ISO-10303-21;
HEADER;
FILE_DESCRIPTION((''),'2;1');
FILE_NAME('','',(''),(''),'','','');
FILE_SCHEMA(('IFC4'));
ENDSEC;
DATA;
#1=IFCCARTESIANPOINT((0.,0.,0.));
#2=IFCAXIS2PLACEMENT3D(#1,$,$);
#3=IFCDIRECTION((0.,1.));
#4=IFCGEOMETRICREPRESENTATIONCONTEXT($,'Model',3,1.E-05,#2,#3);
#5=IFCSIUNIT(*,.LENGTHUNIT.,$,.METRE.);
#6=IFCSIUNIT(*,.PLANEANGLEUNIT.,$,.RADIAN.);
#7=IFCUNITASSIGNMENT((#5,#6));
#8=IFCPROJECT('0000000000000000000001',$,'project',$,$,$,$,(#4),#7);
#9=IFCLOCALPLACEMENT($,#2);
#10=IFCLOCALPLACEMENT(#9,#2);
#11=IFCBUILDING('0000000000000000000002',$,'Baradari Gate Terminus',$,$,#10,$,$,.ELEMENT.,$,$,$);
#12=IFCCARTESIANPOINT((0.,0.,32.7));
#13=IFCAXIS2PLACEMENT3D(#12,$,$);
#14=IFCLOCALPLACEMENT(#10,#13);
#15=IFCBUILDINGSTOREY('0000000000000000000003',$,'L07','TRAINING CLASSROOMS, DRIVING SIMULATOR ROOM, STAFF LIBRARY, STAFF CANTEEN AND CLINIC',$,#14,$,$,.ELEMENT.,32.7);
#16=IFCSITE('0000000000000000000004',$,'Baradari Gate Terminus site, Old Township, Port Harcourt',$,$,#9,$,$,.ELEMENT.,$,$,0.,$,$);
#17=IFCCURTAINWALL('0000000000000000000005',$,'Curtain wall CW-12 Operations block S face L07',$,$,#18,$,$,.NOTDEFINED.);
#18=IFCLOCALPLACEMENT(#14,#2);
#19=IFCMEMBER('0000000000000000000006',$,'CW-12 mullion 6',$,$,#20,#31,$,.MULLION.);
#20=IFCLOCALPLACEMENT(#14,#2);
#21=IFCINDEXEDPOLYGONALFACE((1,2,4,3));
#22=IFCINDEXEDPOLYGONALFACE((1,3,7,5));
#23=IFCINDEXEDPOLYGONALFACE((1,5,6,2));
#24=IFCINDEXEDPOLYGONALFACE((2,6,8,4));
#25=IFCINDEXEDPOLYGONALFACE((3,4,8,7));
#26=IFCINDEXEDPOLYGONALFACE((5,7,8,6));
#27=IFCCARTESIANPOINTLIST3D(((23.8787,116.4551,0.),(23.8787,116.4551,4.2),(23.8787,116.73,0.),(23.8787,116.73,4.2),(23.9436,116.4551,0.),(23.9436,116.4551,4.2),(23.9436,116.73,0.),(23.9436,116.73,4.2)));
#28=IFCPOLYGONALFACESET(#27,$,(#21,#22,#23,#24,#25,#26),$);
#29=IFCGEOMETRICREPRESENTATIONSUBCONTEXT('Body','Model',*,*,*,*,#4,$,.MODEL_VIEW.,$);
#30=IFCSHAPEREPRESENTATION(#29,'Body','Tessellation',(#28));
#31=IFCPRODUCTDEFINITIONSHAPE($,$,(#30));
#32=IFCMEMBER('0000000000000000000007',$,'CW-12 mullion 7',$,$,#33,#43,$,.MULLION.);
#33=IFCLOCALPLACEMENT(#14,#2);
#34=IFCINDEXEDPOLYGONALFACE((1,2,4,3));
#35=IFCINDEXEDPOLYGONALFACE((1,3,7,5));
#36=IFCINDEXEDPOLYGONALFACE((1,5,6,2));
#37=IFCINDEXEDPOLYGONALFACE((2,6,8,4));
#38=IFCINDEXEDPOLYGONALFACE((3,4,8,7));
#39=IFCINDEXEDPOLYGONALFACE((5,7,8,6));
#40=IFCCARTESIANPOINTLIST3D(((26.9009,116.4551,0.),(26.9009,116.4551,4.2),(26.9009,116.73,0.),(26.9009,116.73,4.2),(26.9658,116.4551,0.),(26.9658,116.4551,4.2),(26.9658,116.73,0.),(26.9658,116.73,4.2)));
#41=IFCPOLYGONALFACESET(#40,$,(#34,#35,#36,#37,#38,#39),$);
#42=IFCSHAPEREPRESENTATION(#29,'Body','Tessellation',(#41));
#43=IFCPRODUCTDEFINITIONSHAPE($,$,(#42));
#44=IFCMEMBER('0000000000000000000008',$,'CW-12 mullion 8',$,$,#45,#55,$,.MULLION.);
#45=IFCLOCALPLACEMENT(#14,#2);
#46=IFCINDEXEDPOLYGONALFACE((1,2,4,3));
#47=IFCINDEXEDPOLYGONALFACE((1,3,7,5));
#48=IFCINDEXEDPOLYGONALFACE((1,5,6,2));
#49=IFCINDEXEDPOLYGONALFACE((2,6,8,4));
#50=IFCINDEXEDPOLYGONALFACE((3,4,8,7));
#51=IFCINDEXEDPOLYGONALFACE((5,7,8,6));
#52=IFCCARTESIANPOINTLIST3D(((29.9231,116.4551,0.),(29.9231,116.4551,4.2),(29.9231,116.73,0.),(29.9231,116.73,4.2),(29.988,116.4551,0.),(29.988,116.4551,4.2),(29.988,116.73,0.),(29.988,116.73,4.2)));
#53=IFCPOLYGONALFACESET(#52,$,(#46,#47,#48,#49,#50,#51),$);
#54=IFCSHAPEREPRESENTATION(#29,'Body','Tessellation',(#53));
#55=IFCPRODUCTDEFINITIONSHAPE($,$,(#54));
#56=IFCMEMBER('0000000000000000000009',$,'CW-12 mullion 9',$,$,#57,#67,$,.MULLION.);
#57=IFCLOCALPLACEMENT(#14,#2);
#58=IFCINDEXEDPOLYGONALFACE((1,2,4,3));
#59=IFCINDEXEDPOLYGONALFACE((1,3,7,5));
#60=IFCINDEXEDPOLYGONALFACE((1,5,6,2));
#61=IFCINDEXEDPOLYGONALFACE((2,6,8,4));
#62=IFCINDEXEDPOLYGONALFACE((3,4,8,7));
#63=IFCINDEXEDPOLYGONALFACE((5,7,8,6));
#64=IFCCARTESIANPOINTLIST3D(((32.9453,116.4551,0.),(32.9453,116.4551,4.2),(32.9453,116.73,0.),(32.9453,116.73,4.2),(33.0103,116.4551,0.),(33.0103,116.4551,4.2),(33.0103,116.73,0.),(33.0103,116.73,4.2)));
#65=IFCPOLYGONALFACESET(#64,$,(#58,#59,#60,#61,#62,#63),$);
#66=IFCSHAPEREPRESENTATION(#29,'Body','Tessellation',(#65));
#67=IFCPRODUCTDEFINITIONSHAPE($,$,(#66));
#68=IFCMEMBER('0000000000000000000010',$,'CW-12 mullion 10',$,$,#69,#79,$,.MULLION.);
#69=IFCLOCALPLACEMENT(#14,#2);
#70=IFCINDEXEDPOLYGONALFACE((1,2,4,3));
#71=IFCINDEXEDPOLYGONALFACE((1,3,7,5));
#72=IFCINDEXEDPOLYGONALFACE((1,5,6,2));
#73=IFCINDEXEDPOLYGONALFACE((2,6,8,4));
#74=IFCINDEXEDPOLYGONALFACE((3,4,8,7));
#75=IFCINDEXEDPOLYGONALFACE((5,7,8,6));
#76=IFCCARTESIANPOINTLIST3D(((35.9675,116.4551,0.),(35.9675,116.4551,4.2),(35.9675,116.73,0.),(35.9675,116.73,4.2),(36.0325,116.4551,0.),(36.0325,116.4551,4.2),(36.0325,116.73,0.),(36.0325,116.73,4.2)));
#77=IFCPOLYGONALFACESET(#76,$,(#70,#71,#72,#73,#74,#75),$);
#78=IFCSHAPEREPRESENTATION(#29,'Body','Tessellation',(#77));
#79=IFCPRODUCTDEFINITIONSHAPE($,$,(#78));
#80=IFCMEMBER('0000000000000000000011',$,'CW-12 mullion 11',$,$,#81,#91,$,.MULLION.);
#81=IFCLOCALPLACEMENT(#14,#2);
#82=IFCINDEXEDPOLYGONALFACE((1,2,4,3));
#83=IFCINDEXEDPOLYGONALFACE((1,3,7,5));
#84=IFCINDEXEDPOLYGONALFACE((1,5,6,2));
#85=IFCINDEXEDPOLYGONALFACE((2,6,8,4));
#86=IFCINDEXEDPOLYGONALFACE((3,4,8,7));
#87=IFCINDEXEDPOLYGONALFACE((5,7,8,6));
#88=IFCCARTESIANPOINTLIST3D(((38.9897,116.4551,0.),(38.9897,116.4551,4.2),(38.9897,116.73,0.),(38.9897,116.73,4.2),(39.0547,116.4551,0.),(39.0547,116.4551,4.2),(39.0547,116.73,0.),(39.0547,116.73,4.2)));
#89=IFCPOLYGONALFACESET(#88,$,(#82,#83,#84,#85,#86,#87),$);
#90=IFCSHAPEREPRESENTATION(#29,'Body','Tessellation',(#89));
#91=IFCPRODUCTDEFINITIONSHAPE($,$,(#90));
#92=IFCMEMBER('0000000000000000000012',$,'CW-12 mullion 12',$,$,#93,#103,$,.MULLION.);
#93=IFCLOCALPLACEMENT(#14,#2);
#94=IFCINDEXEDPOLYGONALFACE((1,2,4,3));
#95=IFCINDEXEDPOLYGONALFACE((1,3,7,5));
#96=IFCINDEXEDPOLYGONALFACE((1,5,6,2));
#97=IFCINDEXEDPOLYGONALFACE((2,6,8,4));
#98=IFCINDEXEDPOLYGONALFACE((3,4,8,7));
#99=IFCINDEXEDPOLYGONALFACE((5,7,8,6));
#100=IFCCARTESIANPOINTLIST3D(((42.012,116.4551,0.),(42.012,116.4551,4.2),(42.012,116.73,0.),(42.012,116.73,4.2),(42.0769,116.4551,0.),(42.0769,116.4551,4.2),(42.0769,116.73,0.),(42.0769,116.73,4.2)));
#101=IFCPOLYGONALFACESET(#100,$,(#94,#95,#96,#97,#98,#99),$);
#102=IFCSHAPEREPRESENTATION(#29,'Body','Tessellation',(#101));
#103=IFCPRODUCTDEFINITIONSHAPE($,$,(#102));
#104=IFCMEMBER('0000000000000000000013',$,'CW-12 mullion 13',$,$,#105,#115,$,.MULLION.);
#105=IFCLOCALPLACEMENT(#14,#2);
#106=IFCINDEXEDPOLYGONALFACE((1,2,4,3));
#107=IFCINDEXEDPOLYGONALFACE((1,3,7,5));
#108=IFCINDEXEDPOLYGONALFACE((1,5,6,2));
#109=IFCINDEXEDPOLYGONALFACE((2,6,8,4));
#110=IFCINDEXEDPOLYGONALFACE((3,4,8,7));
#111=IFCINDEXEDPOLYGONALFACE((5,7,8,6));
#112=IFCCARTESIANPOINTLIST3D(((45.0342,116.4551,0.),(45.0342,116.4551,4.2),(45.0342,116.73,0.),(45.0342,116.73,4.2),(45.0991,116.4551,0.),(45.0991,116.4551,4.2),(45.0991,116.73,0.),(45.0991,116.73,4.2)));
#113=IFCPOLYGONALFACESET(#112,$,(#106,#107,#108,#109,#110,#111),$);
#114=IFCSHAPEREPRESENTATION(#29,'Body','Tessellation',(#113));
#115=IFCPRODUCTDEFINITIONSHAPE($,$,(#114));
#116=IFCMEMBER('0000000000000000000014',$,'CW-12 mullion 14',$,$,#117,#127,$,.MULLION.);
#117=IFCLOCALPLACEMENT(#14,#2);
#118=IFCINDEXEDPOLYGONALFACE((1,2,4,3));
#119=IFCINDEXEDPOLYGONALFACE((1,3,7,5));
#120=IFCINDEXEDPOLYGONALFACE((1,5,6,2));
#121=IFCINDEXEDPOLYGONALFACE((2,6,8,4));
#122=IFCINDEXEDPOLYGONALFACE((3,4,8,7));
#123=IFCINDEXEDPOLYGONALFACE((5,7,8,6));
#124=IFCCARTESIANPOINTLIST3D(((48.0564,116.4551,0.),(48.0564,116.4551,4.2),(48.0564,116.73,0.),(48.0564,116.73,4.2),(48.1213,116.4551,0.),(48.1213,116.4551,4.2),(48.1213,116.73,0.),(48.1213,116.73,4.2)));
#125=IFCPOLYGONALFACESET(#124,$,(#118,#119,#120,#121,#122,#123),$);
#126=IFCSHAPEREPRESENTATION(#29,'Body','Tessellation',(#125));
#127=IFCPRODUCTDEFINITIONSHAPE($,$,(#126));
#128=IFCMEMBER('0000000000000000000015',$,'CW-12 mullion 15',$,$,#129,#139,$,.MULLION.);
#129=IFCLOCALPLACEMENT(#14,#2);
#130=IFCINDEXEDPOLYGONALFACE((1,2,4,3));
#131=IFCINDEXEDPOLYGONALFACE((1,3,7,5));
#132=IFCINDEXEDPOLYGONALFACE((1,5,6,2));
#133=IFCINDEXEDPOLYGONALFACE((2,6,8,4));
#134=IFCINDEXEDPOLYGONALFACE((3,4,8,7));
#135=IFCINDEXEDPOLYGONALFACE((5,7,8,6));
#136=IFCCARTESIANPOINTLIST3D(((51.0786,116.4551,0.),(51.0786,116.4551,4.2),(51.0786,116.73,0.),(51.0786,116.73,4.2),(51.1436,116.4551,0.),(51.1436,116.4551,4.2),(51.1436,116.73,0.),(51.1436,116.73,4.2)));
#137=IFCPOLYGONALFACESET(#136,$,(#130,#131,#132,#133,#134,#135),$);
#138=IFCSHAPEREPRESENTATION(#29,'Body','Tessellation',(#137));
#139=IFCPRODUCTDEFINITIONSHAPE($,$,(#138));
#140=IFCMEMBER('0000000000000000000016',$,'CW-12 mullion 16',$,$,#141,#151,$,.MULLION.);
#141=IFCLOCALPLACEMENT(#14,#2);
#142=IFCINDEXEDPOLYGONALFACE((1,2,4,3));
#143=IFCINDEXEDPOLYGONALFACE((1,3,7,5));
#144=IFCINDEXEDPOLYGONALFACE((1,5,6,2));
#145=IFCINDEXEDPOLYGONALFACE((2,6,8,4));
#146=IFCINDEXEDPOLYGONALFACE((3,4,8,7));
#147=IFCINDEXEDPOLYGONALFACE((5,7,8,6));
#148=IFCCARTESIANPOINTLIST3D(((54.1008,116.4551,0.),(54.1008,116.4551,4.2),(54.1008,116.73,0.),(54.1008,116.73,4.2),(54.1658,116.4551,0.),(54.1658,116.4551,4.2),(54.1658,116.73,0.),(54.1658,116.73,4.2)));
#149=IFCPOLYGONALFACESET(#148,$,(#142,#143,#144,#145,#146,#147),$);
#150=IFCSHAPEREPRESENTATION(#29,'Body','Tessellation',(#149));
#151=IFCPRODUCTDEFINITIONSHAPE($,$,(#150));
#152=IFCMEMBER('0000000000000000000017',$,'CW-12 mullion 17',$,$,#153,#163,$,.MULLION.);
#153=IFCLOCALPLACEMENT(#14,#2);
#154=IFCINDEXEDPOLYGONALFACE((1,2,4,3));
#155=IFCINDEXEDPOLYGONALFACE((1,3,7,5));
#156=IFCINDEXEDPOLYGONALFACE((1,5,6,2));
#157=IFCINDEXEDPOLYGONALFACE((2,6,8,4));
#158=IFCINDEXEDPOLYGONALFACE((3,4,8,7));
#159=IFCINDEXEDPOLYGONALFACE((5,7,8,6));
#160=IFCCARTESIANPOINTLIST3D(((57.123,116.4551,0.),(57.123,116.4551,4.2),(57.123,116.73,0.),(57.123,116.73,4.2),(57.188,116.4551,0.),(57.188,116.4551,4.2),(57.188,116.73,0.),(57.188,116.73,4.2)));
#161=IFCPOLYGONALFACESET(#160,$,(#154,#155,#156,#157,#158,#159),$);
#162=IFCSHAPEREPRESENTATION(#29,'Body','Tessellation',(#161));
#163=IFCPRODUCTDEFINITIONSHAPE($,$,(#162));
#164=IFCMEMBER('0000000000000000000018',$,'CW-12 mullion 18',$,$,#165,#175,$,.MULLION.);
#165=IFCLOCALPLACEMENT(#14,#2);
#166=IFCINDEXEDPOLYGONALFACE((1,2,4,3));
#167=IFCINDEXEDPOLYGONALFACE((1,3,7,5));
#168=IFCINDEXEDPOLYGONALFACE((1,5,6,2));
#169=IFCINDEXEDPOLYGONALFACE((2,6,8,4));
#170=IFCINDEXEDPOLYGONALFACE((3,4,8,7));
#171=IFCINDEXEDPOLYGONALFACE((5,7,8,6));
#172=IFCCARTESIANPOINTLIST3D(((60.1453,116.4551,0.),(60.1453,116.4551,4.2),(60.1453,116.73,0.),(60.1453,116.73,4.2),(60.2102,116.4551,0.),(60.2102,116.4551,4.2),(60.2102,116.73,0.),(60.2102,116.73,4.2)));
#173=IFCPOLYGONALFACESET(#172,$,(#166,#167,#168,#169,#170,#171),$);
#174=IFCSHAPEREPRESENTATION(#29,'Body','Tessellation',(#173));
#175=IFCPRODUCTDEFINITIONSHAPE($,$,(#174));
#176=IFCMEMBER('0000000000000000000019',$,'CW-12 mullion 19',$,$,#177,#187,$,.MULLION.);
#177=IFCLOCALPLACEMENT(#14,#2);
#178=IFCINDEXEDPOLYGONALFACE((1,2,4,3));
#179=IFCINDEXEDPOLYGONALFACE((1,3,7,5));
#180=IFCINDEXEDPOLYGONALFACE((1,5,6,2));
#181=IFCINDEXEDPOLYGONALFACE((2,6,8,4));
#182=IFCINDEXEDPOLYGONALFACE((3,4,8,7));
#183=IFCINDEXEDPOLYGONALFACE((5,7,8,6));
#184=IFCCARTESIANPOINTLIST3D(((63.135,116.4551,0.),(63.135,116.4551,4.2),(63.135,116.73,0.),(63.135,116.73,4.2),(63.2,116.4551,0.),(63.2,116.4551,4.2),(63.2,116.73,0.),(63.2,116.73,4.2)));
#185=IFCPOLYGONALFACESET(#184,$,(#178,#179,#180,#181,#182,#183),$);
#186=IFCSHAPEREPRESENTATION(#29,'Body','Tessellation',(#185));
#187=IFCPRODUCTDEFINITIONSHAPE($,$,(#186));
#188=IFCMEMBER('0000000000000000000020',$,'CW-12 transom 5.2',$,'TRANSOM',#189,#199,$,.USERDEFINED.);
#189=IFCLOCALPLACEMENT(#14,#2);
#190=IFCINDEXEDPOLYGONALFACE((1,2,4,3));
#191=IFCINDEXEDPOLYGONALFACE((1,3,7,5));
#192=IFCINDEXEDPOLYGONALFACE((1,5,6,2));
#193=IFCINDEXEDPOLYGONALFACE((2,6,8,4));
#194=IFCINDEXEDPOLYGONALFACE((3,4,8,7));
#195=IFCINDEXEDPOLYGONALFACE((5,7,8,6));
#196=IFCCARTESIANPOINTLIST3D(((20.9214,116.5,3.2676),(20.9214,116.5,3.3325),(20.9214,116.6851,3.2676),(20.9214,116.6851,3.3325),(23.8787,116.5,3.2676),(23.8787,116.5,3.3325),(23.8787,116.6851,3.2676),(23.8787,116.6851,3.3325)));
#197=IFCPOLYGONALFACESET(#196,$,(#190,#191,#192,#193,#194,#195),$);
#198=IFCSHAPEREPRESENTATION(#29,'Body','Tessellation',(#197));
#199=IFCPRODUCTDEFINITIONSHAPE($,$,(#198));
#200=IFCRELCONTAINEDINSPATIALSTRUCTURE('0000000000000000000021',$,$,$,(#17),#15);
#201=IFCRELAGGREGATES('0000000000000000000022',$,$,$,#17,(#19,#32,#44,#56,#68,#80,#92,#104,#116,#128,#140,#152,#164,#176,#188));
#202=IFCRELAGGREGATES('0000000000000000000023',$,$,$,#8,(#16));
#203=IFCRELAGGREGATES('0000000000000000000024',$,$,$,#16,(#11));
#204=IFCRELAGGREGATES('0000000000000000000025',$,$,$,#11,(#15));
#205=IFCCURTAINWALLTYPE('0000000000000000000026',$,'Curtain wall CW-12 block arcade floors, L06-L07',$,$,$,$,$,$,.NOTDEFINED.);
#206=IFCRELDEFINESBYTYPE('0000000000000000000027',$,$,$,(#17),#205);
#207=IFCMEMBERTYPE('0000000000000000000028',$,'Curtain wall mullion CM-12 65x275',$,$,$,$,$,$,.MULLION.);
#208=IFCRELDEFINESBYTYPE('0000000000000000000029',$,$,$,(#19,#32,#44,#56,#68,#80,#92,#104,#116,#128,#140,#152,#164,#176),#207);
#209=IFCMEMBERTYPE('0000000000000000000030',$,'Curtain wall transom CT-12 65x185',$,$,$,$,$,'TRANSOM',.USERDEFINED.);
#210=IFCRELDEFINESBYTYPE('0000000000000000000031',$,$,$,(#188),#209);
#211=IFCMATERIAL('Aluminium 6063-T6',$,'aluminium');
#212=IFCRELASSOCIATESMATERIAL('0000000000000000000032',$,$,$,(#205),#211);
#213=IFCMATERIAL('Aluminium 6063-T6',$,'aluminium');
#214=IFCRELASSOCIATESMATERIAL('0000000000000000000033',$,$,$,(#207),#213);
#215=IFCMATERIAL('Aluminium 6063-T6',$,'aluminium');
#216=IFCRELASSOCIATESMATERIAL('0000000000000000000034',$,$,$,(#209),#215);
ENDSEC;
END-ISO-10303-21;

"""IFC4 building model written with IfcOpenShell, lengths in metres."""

from ifc_helpers import new_model, si_unit, direction, frame, origin, origin_2d, place, context, subcontext, project, spatial, rectangle, extrude, material, material_profile, profile_set, type_object, element, aggregate, save


model = new_model("IFC4")

# Units and contexts
model_context = context("Model", 3, precision=1e-05, world=origin(), true_north=direction((0.0, 1.0)))
body_context = subcontext(model_context, "Body", "Model", "MODEL_VIEW")
ifc_project = project(units=[si_unit("LENGTHUNIT", "METRE"), si_unit("PLANEANGLEUNIT", "RADIAN")], contexts=[model_context])

# Site, building, storey
site_placement = place(None, origin())
site = spatial("IfcSite", under=ifc_project, at=site_placement, Name="Baradari Gate Terminus site, Old Township, Port Harcourt", CompositionType="ELEMENT", RefElevation=0.0)
building_placement = place(site_placement, origin())
building = spatial("IfcBuilding", under=site, at=building_placement, Name="Baradari Gate Terminus", CompositionType="ELEMENT")
storey_placement = place(building_placement, frame((0.0, 0.0, 32.7)))
storey = spatial("IfcBuildingStorey", under=building, at=storey_placement, Name="L07", Description="TRAINING CLASSROOMS, DRIVING SIMULATOR ROOM, STAFF LIBRARY, STAFF CANTEEN AND CLINIC", CompositionType="ELEMENT", Elevation=32.7)

# Curtain wall, members
ifc_material_1 = material(Name="Aluminium 6063-T6", Category="aluminium")
curtain_wall_type = type_object("IfcCurtainWallType", Name="Curtain wall CW-12 block arcade floors, L06-L07", PredefinedType="NOTDEFINED", material=ifc_material_1)
curtain_wall_placement = place(storey_placement, origin())
curtain_wall = element("IfcCurtainWall", 1, at=curtain_wall_placement, inside=storey, type_object=curtain_wall_type, Name="Curtain wall CW-12 Operations block S face L07", PredefinedType="NOTDEFINED")
ifc_material_2 = material(Name="Aluminium 6063-T6", Category="aluminium")
ifc_material_profile_1 = material_profile(ifc_material_2, rectangle(XDim=0.2749, YDim=0.0649, at=origin_2d()), Name="CM-12 65X275")
ifc_profile_set_1 = profile_set([ifc_material_profile_1], Name="Aluminium 6063-T6")
member_type_1 = type_object("IfcMemberType", Name="Curtain wall mullion CM-12 65x275", PredefinedType="MULLION", material=ifc_profile_set_1)
member_1_placement = place(storey_placement, frame((23.9111, 116.5925, 0.0), z_axis=(0.0, 0.0, 1.0), x_axis=(0.0, 1.0, 0.0)))
member_1 = element("IfcMember", 2, at=member_1_placement, type_object=member_type_1, Name="CW-12 mullion 6", PredefinedType="MULLION", context=body_context, shape_type="SweptSolid", body=[
    extrude(rectangle(XDim=0.2749, YDim=0.0649, at=origin_2d()), origin(), (0.0, 0.0, 1.0), 4.2),
])
member_2_placement = place(storey_placement, frame((26.9333, 116.5925, 0.0), z_axis=(0.0, 0.0, 1.0), x_axis=(0.0, 1.0, 0.0)))
member_2 = element("IfcMember", 3, at=member_2_placement, type_object=member_type_1, Name="CW-12 mullion 7", PredefinedType="MULLION", context=body_context, shape_type="SweptSolid", body=[
    extrude(rectangle(XDim=0.2749, YDim=0.0649, at=origin_2d()), origin(), (0.0, 0.0, 1.0), 4.2),
])
member_3_placement = place(storey_placement, frame((29.9556, 116.5925, 0.0), z_axis=(0.0, 0.0, 1.0), x_axis=(0.0, 1.0, 0.0)))
member_3 = element("IfcMember", 4, at=member_3_placement, type_object=member_type_1, Name="CW-12 mullion 8", PredefinedType="MULLION", context=body_context, shape_type="SweptSolid", body=[
    extrude(rectangle(XDim=0.2749, YDim=0.0649, at=origin_2d()), origin(), (0.0, 0.0, 1.0), 4.2),
])
member_4_placement = place(storey_placement, frame((32.9778, 116.5925, 0.0), z_axis=(0.0, 0.0, 1.0), x_axis=(0.0, 1.0, 0.0)))
member_4 = element("IfcMember", 5, at=member_4_placement, type_object=member_type_1, Name="CW-12 mullion 9", PredefinedType="MULLION", context=body_context, shape_type="SweptSolid", body=[
    extrude(rectangle(XDim=0.2749, YDim=0.0649, at=origin_2d()), origin(), (0.0, 0.0, 1.0), 4.2),
])
member_5_placement = place(storey_placement, frame((36.0, 116.5925, 0.0), z_axis=(0.0, 0.0, 1.0), x_axis=(0.0, 1.0, 0.0)))
member_5 = element("IfcMember", 6, at=member_5_placement, type_object=member_type_1, Name="CW-12 mullion 10", PredefinedType="MULLION", context=body_context, shape_type="SweptSolid", body=[
    extrude(rectangle(XDim=0.2749, YDim=0.0649, at=origin_2d()), origin(), (0.0, 0.0, 1.0), 4.2),
])
member_6_placement = place(storey_placement, frame((39.0222, 116.5925, 0.0), z_axis=(0.0, 0.0, 1.0), x_axis=(0.0, 1.0, 0.0)))
member_6 = element("IfcMember", 7, at=member_6_placement, type_object=member_type_1, Name="CW-12 mullion 11", PredefinedType="MULLION", context=body_context, shape_type="SweptSolid", body=[
    extrude(rectangle(XDim=0.2749, YDim=0.0649, at=origin_2d()), origin(), (0.0, 0.0, 1.0), 4.2),
])
member_7_placement = place(storey_placement, frame((42.0444, 116.5925, 0.0), z_axis=(0.0, 0.0, 1.0), x_axis=(0.0, 1.0, 0.0)))
member_7 = element("IfcMember", 8, at=member_7_placement, type_object=member_type_1, Name="CW-12 mullion 12", PredefinedType="MULLION", context=body_context, shape_type="SweptSolid", body=[
    extrude(rectangle(XDim=0.2749, YDim=0.0649, at=origin_2d()), origin(), (0.0, 0.0, 1.0), 4.2),
])
member_8_placement = place(storey_placement, frame((45.0667, 116.5925, 0.0), z_axis=(0.0, 0.0, 1.0), x_axis=(0.0, 1.0, 0.0)))
member_8 = element("IfcMember", 9, at=member_8_placement, type_object=member_type_1, Name="CW-12 mullion 13", PredefinedType="MULLION", context=body_context, shape_type="SweptSolid", body=[
    extrude(rectangle(XDim=0.2749, YDim=0.0649, at=origin_2d()), origin(), (0.0, 0.0, 1.0), 4.2),
])
member_9_placement = place(storey_placement, frame((48.0889, 116.5925, 0.0), z_axis=(0.0, 0.0, 1.0), x_axis=(0.0, 1.0, 0.0)))
member_9 = element("IfcMember", 10, at=member_9_placement, type_object=member_type_1, Name="CW-12 mullion 14", PredefinedType="MULLION", context=body_context, shape_type="SweptSolid", body=[
    extrude(rectangle(XDim=0.2749, YDim=0.0649, at=origin_2d()), origin(), (0.0, 0.0, 1.0), 4.2),
])
member_10_placement = place(storey_placement, frame((51.1111, 116.5925, 0.0), z_axis=(0.0, 0.0, 1.0), x_axis=(0.0, 1.0, 0.0)))
member_10 = element("IfcMember", 11, at=member_10_placement, type_object=member_type_1, Name="CW-12 mullion 15", PredefinedType="MULLION", context=body_context, shape_type="SweptSolid", body=[
    extrude(rectangle(XDim=0.2749, YDim=0.0649, at=origin_2d()), origin(), (0.0, 0.0, 1.0), 4.2),
])
member_11_placement = place(storey_placement, frame((54.1333, 116.5925, 0.0), z_axis=(0.0, 0.0, 1.0), x_axis=(0.0, 1.0, 0.0)))
member_11 = element("IfcMember", 12, at=member_11_placement, type_object=member_type_1, Name="CW-12 mullion 16", PredefinedType="MULLION", context=body_context, shape_type="SweptSolid", body=[
    extrude(rectangle(XDim=0.2749, YDim=0.0649, at=origin_2d()), origin(), (0.0, 0.0, 1.0), 4.2),
])
member_12_placement = place(storey_placement, frame((57.1555, 116.5925, 0.0), z_axis=(0.0, 0.0, 1.0), x_axis=(0.0, 1.0, 0.0)))
member_12 = element("IfcMember", 13, at=member_12_placement, type_object=member_type_1, Name="CW-12 mullion 17", PredefinedType="MULLION", context=body_context, shape_type="SweptSolid", body=[
    extrude(rectangle(XDim=0.2749, YDim=0.0649, at=origin_2d()), origin(), (0.0, 0.0, 1.0), 4.2),
])
member_13_placement = place(storey_placement, frame((60.1777, 116.5925, 0.0), z_axis=(0.0, 0.0, 1.0), x_axis=(0.0, 1.0, 0.0)))
member_13 = element("IfcMember", 14, at=member_13_placement, type_object=member_type_1, Name="CW-12 mullion 18", PredefinedType="MULLION", context=body_context, shape_type="SweptSolid", body=[
    extrude(rectangle(XDim=0.2749, YDim=0.0649, at=origin_2d()), origin(), (0.0, 0.0, 1.0), 4.2),
])
member_14_placement = place(storey_placement, frame((63.1675, 116.5925, 0.0), z_axis=(0.0, 0.0, 1.0), x_axis=(0.0, 1.0, 0.0)))
member_14 = element("IfcMember", 15, at=member_14_placement, type_object=member_type_1, Name="CW-12 mullion 19", PredefinedType="MULLION", context=body_context, shape_type="SweptSolid", body=[
    extrude(rectangle(XDim=0.2749, YDim=0.0649, at=origin_2d()), origin(), (0.0, 0.0, 1.0), 4.2),
])
ifc_material_3 = material(Name="Aluminium 6063-T6", Category="aluminium")
ifc_material_profile_2 = material_profile(ifc_material_3, rectangle(XDim=0.1851, YDim=0.0649, at=origin_2d()), Name="CT-12 65X185")
ifc_profile_set_2 = profile_set([ifc_material_profile_2], Name="Aluminium 6063-T6")
member_type_2 = type_object("IfcMemberType", Name="Curtain wall transom CT-12 65x185", ElementType="TRANSOM", PredefinedType="USERDEFINED", material=ifc_profile_set_2)
member_15_placement = place(storey_placement, frame((20.9214, 116.5925, 3.3), z_axis=(1.0, 0.0, 0.0), x_axis=(0.0, 1.0, 0.0)))
member_15 = element("IfcMember", 16, at=member_15_placement, type_object=member_type_2, Name="CW-12 transom 5.2", ObjectType="TRANSOM", PredefinedType="USERDEFINED", context=body_context, shape_type="SweptSolid", body=[
    extrude(rectangle(XDim=0.1851, YDim=0.0649, at=origin_2d()), origin(), (0.0, 0.0, 1.0), 2.9573),
])
aggregate(curtain_wall, [member_1, member_2, member_3, member_4, member_5, member_6, member_7, member_8, member_9, member_10, member_11, member_12, member_13, member_14, member_15])

save(model, "model.ifc")
